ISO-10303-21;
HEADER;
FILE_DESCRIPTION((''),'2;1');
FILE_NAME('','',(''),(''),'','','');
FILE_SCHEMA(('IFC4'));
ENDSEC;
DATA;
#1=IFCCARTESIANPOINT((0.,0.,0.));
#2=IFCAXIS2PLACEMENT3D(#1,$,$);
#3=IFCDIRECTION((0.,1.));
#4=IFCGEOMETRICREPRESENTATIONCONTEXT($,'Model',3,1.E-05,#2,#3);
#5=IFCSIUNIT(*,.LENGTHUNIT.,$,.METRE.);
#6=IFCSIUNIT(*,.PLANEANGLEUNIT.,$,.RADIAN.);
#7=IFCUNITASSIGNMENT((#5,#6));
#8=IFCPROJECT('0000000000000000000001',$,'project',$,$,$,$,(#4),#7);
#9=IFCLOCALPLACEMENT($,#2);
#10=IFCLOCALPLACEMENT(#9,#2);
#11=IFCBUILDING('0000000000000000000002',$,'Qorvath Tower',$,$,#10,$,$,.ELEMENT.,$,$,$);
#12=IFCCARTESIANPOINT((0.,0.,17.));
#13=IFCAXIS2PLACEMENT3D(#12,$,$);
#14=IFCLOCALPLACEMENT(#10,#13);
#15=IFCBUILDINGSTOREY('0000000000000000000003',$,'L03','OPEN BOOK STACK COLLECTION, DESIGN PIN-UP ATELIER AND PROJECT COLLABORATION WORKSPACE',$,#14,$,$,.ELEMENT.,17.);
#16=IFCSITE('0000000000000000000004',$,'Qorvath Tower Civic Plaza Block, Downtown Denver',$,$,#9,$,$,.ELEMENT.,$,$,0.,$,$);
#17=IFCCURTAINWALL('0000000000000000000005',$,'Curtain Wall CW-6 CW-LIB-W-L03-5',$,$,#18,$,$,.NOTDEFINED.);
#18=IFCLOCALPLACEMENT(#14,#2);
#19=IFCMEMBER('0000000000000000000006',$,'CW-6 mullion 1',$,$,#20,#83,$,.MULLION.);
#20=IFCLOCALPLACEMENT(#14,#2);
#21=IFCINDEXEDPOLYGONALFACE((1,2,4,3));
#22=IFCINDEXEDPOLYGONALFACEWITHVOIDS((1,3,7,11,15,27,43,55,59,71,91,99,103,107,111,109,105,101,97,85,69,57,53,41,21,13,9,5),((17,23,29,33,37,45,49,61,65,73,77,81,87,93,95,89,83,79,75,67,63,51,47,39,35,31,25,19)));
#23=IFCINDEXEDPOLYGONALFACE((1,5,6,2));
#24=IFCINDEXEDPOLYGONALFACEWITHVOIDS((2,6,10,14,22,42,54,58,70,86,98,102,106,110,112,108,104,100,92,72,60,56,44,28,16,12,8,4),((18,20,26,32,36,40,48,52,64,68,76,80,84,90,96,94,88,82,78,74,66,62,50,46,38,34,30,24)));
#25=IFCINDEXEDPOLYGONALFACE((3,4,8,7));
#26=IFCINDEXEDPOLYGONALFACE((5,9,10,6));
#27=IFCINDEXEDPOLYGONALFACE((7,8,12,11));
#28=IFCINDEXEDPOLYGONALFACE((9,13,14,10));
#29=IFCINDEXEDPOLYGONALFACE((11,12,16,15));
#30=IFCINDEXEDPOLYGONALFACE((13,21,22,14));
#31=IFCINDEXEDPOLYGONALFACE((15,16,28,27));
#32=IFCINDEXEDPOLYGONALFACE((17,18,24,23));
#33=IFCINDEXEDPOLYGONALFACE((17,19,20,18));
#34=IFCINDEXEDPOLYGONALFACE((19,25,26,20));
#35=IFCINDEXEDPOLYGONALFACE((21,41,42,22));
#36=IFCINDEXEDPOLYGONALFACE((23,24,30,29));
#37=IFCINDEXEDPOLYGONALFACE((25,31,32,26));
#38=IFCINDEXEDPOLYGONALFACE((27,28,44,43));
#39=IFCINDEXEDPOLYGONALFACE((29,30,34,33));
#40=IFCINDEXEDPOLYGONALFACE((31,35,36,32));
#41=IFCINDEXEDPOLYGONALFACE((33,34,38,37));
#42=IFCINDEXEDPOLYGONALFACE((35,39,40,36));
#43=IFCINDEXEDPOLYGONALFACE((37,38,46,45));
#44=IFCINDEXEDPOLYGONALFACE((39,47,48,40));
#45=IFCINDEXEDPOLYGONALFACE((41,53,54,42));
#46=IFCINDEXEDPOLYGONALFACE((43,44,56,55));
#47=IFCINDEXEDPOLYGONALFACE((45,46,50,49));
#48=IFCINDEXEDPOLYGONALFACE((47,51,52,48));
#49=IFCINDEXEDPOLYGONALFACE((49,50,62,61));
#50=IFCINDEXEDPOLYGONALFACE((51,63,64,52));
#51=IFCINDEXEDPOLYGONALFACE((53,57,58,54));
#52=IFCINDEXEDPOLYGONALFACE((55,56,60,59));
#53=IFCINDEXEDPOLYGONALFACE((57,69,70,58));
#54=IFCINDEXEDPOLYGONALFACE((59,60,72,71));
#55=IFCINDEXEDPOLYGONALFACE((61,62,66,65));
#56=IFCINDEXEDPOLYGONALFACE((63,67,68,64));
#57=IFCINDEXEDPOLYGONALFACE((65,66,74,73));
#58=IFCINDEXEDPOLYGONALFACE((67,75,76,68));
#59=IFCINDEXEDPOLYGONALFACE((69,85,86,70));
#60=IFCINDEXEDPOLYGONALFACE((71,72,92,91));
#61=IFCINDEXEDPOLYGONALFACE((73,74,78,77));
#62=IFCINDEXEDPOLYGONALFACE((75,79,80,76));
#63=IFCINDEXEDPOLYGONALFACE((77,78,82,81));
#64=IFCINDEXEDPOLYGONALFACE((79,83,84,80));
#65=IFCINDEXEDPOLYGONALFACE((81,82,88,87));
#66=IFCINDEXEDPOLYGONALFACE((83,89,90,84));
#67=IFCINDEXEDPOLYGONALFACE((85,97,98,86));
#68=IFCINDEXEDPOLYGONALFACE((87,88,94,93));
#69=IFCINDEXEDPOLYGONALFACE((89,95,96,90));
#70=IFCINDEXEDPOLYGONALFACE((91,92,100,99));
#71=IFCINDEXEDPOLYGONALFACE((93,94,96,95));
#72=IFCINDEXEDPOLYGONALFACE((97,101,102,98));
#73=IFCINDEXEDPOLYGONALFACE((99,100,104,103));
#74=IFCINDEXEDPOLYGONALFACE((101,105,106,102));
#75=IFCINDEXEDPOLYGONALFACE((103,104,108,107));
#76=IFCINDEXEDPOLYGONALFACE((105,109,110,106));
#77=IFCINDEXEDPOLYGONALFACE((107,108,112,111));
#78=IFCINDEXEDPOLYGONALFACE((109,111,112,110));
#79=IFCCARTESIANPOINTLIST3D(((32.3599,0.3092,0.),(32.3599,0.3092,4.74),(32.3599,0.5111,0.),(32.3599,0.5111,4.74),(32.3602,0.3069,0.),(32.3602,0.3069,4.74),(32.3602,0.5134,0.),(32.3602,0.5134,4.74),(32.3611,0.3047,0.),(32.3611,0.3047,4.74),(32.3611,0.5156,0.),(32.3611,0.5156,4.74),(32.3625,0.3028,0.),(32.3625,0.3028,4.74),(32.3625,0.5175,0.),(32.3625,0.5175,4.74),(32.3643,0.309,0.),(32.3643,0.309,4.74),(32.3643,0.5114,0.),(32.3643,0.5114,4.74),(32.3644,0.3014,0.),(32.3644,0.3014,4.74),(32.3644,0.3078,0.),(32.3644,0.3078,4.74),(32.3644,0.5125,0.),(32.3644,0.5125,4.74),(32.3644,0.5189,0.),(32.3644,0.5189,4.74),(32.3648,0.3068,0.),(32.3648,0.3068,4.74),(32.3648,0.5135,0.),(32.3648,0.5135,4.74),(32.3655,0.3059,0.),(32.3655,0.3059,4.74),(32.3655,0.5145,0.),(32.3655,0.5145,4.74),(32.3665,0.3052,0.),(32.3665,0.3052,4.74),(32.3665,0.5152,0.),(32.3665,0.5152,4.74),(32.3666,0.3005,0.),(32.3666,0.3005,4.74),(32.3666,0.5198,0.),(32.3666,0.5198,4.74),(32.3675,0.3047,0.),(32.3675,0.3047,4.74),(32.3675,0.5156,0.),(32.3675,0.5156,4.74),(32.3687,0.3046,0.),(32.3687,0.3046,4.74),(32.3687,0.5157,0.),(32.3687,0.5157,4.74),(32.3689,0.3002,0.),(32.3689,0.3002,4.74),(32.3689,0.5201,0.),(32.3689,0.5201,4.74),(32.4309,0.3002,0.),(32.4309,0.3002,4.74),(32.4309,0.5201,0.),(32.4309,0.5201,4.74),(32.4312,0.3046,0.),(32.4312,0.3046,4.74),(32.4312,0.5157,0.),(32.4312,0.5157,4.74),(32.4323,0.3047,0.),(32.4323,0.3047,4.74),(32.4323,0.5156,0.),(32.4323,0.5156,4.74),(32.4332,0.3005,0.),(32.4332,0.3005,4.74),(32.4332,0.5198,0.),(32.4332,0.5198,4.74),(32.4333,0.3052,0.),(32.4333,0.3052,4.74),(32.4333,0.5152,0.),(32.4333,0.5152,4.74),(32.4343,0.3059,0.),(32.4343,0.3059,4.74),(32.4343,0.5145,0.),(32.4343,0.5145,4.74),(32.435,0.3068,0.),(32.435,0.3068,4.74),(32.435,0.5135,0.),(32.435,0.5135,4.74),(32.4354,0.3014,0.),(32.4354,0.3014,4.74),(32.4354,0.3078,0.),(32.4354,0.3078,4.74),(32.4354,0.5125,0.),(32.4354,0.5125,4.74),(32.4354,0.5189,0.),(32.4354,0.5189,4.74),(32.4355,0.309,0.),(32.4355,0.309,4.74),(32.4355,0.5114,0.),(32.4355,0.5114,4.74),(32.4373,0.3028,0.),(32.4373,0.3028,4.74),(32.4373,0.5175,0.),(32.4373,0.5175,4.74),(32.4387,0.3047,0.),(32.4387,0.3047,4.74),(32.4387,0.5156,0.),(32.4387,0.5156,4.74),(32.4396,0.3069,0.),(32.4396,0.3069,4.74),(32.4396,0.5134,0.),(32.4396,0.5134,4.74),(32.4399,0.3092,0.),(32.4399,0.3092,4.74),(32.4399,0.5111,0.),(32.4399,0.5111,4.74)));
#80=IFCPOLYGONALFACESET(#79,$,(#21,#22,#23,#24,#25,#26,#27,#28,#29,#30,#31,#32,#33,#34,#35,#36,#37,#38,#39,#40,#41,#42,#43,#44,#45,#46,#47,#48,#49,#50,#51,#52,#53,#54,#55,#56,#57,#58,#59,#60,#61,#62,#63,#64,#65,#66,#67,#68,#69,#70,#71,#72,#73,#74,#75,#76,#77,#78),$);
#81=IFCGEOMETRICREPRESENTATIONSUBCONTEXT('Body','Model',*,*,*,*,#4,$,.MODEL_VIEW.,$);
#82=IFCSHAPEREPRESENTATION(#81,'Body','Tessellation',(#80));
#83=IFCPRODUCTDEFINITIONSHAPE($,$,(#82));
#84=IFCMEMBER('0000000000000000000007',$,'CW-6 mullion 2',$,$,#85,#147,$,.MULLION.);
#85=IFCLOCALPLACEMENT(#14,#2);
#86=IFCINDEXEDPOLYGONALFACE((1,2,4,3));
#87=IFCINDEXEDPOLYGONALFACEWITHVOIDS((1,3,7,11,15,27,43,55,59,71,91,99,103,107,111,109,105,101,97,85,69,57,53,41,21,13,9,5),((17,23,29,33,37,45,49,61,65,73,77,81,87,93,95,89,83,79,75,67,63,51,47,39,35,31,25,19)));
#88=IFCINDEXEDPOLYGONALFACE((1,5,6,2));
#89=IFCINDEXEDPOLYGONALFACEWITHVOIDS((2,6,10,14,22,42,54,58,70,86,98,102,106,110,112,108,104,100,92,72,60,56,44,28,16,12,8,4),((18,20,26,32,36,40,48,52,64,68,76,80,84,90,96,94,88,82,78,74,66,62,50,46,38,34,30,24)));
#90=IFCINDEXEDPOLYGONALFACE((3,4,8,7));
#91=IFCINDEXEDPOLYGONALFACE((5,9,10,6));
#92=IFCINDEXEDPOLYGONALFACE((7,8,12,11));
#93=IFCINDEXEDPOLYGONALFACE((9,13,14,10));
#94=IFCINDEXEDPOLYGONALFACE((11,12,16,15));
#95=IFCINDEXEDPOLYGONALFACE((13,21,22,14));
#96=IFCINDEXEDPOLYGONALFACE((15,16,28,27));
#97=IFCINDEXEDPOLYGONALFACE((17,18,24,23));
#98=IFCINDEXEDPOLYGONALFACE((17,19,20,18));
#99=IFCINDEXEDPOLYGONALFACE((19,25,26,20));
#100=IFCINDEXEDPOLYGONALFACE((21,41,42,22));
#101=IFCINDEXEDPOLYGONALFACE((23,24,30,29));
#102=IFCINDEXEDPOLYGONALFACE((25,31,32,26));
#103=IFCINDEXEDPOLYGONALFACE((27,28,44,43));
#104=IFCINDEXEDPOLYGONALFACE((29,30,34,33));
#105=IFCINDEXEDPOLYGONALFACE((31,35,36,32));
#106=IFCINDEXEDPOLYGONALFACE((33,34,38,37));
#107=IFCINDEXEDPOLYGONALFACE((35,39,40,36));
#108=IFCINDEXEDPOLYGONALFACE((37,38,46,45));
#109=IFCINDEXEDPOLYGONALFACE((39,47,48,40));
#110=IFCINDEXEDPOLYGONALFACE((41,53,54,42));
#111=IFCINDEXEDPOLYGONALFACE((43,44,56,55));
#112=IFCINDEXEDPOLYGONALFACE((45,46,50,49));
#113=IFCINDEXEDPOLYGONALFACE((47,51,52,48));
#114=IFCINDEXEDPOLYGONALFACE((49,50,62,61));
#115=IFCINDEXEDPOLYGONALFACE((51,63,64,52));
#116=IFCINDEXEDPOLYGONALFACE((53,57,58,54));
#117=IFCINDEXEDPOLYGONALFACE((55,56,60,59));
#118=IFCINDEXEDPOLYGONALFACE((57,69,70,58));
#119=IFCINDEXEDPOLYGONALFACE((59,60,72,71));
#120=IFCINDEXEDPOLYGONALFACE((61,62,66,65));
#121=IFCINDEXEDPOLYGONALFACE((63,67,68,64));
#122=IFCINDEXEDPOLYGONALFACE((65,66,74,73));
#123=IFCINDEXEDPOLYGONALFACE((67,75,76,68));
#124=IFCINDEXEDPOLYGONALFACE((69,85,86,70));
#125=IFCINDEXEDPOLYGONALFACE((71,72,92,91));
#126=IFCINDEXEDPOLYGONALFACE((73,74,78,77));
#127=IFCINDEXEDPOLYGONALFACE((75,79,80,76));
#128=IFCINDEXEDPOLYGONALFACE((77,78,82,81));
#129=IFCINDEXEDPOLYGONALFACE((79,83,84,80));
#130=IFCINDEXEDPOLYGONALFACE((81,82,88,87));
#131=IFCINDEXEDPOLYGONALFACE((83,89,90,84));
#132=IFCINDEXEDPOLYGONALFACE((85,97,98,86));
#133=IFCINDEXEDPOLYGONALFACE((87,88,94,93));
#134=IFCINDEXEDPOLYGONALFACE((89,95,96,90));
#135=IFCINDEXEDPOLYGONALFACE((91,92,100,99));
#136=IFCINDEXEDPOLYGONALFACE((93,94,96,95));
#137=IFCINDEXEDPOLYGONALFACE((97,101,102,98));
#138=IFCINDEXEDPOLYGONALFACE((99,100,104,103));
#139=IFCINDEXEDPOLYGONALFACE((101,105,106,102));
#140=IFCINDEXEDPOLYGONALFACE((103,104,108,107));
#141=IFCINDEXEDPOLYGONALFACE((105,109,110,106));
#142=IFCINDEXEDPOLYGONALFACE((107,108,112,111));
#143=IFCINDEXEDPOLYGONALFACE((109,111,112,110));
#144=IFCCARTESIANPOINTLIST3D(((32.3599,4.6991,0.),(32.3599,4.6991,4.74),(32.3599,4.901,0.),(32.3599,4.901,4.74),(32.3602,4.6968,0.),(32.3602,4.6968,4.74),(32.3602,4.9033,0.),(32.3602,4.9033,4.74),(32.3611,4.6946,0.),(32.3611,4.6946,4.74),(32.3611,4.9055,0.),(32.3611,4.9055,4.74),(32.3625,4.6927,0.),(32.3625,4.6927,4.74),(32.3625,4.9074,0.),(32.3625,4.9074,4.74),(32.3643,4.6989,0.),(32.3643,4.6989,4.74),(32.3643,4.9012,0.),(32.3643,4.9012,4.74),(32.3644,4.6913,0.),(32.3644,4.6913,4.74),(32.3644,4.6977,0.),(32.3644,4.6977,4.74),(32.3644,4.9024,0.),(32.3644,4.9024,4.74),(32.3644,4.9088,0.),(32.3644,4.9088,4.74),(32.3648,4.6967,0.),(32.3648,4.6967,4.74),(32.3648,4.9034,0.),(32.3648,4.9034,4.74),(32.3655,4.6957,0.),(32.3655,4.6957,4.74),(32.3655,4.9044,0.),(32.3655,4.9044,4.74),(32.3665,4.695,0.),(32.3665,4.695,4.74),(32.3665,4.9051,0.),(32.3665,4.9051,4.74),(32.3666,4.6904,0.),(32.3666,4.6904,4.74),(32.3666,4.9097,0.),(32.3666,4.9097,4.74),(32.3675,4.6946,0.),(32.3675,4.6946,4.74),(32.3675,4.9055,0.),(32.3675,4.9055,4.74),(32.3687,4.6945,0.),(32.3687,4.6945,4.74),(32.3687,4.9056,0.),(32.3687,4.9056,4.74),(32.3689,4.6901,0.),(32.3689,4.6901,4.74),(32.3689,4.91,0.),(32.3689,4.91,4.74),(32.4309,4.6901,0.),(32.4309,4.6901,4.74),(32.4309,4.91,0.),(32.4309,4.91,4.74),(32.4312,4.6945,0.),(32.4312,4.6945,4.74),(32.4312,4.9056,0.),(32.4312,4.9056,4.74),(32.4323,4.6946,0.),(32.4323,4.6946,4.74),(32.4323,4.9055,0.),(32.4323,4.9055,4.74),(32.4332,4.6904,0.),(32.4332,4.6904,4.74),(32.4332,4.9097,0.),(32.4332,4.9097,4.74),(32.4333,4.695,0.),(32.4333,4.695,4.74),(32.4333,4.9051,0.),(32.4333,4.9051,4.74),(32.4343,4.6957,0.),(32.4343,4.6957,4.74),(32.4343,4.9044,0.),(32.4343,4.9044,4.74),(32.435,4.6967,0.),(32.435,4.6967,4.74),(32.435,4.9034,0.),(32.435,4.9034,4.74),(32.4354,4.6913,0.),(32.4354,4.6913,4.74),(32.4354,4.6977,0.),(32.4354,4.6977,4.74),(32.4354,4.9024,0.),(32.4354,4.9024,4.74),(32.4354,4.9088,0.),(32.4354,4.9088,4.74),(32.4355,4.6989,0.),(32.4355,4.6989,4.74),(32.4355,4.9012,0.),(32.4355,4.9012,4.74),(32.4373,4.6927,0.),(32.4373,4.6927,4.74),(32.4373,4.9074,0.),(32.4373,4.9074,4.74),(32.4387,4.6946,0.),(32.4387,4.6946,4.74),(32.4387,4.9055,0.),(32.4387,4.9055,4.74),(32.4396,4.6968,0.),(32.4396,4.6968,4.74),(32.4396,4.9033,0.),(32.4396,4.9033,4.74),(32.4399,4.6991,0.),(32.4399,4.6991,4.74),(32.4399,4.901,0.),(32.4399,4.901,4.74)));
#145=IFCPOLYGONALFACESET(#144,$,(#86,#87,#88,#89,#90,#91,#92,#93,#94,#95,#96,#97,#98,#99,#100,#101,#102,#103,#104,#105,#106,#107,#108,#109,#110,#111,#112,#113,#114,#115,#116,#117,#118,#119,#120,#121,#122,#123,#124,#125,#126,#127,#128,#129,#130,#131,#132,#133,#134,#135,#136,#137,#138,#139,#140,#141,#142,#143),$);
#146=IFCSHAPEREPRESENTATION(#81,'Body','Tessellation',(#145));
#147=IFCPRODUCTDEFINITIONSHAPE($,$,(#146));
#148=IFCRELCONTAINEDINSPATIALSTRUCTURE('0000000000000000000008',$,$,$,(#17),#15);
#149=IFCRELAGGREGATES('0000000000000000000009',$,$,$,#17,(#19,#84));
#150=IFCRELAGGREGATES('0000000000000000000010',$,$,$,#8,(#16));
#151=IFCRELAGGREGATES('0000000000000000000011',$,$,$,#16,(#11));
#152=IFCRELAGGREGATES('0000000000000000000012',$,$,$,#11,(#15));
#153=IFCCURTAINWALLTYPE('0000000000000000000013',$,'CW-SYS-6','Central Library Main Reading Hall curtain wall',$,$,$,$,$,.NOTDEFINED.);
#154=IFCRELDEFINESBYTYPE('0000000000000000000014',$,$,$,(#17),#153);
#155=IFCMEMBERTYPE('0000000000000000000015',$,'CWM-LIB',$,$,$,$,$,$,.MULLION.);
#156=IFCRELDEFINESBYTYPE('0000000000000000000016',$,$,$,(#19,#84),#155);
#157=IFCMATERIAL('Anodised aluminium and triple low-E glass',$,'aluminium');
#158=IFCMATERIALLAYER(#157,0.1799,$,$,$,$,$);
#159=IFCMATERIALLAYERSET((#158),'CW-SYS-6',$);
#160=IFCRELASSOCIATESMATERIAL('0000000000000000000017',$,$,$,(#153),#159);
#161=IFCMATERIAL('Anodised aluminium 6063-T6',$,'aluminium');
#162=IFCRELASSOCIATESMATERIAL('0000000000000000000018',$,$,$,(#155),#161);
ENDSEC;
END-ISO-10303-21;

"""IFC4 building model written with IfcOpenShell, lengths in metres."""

from ifc_helpers import new_model, si_unit, direction, frame, origin, origin_2d, place, context, subcontext, project, spatial, hollow_rectangle, extrude, material, layer, layer_set, material_profile, profile_set, type_object, element, aggregate, save


model = new_model("IFC4")

# Units and contexts
model_context = context("Model", 3, precision=1e-05, world=origin(), true_north=direction((0.0, 1.0)))
body_context = subcontext(model_context, "Body", "Model", "MODEL_VIEW")
ifc_project = project(units=[si_unit("LENGTHUNIT", "METRE"), si_unit("PLANEANGLEUNIT", "RADIAN")], contexts=[model_context])

# Site, building, storey
site_placement = place(None, origin())
site = spatial("IfcSite", under=ifc_project, at=site_placement, Name="Qorvath Tower Civic Plaza Block, Downtown Denver", CompositionType="ELEMENT", RefElevation=0.0)
building_placement = place(site_placement, origin())
building = spatial("IfcBuilding", under=site, at=building_placement, Name="Qorvath Tower", CompositionType="ELEMENT")
storey_placement = place(building_placement, frame((0.0, 0.0, 17.0)))
storey = spatial("IfcBuildingStorey", under=building, at=storey_placement, Name="L03", Description="OPEN BOOK STACK COLLECTION, DESIGN PIN-UP ATELIER AND PROJECT COLLABORATION WORKSPACE", CompositionType="ELEMENT", Elevation=17.0)

# Curtain wall, members
ifc_material_1 = material(Name="Anodised aluminium and triple low-E glass", Category="aluminium")
ifc_layer_1 = layer(ifc_material_1, 0.1799)
ifc_layer_set_1 = layer_set([ifc_layer_1], Name="CW-SYS-6")
curtain_wall_type = type_object("IfcCurtainWallType", Name="CW-SYS-6", Description="Central Library Main Reading Hall curtain wall", PredefinedType="NOTDEFINED", material=ifc_layer_set_1)
curtain_wall_1_placement = place(storey_placement, origin())
curtain_wall_1 = element("IfcCurtainWall", 1, at=curtain_wall_1_placement, inside=storey, type_object=curtain_wall_type, Name="Curtain Wall CW-6 CW-LIB-W-L03-5", PredefinedType="NOTDEFINED")
ifc_material_2 = material(Name="Anodised aluminium 6063-T6", Category="aluminium")
ifc_material_profile_1 = material_profile(ifc_material_2, hollow_rectangle(XDim=0.0801, YDim=0.22, WallThickness=0.0044, InnerFilletRadius=0.0044, OuterFilletRadius=0.009, at=origin_2d()), Name="CWM LIB 220x80")
ifc_profile_set_1 = profile_set([ifc_material_profile_1], Name="Anodised aluminium 6063-T6")
member_type_1 = type_object("IfcMemberType", Name="CWM-LIB", PredefinedType="MULLION", material=ifc_profile_set_1)
member_1_placement = place(storey_placement, frame((32.3999, 0.4102, 0.0), z_axis=(0.0, 0.0, 1.0), x_axis=(-1.0, 0.0, 0.0)))
member_1 = element("IfcMember", 2, at=member_1_placement, type_object=member_type_1, Name="CW-6 mullion 1", PredefinedType="MULLION", context=body_context, shape_type="SweptSolid", body=[
    extrude(hollow_rectangle(XDim=0.0801, YDim=0.22, WallThickness=0.0044, InnerFilletRadius=0.0044, OuterFilletRadius=0.009, at=origin_2d()), origin(), (0.0, 0.0, 1.0), 4.74),
])
member_2_placement = place(storey_placement, frame((32.3999, 4.8, 0.0), z_axis=(0.0, 0.0, 1.0), x_axis=(-1.0, 0.0, 0.0)))
member_2 = element("IfcMember", 3, at=member_2_placement, type_object=member_type_1, Name="CW-6 mullion 2", PredefinedType="MULLION", context=body_context, shape_type="SweptSolid", body=[
    extrude(hollow_rectangle(XDim=0.0801, YDim=0.22, WallThickness=0.0044, InnerFilletRadius=0.0044, OuterFilletRadius=0.009, at=origin_2d()), origin(), (0.0, 0.0, 1.0), 4.74),
])

aggregate(curtain_wall_1, [member_1, member_2])

save(model, "model.ifc")
